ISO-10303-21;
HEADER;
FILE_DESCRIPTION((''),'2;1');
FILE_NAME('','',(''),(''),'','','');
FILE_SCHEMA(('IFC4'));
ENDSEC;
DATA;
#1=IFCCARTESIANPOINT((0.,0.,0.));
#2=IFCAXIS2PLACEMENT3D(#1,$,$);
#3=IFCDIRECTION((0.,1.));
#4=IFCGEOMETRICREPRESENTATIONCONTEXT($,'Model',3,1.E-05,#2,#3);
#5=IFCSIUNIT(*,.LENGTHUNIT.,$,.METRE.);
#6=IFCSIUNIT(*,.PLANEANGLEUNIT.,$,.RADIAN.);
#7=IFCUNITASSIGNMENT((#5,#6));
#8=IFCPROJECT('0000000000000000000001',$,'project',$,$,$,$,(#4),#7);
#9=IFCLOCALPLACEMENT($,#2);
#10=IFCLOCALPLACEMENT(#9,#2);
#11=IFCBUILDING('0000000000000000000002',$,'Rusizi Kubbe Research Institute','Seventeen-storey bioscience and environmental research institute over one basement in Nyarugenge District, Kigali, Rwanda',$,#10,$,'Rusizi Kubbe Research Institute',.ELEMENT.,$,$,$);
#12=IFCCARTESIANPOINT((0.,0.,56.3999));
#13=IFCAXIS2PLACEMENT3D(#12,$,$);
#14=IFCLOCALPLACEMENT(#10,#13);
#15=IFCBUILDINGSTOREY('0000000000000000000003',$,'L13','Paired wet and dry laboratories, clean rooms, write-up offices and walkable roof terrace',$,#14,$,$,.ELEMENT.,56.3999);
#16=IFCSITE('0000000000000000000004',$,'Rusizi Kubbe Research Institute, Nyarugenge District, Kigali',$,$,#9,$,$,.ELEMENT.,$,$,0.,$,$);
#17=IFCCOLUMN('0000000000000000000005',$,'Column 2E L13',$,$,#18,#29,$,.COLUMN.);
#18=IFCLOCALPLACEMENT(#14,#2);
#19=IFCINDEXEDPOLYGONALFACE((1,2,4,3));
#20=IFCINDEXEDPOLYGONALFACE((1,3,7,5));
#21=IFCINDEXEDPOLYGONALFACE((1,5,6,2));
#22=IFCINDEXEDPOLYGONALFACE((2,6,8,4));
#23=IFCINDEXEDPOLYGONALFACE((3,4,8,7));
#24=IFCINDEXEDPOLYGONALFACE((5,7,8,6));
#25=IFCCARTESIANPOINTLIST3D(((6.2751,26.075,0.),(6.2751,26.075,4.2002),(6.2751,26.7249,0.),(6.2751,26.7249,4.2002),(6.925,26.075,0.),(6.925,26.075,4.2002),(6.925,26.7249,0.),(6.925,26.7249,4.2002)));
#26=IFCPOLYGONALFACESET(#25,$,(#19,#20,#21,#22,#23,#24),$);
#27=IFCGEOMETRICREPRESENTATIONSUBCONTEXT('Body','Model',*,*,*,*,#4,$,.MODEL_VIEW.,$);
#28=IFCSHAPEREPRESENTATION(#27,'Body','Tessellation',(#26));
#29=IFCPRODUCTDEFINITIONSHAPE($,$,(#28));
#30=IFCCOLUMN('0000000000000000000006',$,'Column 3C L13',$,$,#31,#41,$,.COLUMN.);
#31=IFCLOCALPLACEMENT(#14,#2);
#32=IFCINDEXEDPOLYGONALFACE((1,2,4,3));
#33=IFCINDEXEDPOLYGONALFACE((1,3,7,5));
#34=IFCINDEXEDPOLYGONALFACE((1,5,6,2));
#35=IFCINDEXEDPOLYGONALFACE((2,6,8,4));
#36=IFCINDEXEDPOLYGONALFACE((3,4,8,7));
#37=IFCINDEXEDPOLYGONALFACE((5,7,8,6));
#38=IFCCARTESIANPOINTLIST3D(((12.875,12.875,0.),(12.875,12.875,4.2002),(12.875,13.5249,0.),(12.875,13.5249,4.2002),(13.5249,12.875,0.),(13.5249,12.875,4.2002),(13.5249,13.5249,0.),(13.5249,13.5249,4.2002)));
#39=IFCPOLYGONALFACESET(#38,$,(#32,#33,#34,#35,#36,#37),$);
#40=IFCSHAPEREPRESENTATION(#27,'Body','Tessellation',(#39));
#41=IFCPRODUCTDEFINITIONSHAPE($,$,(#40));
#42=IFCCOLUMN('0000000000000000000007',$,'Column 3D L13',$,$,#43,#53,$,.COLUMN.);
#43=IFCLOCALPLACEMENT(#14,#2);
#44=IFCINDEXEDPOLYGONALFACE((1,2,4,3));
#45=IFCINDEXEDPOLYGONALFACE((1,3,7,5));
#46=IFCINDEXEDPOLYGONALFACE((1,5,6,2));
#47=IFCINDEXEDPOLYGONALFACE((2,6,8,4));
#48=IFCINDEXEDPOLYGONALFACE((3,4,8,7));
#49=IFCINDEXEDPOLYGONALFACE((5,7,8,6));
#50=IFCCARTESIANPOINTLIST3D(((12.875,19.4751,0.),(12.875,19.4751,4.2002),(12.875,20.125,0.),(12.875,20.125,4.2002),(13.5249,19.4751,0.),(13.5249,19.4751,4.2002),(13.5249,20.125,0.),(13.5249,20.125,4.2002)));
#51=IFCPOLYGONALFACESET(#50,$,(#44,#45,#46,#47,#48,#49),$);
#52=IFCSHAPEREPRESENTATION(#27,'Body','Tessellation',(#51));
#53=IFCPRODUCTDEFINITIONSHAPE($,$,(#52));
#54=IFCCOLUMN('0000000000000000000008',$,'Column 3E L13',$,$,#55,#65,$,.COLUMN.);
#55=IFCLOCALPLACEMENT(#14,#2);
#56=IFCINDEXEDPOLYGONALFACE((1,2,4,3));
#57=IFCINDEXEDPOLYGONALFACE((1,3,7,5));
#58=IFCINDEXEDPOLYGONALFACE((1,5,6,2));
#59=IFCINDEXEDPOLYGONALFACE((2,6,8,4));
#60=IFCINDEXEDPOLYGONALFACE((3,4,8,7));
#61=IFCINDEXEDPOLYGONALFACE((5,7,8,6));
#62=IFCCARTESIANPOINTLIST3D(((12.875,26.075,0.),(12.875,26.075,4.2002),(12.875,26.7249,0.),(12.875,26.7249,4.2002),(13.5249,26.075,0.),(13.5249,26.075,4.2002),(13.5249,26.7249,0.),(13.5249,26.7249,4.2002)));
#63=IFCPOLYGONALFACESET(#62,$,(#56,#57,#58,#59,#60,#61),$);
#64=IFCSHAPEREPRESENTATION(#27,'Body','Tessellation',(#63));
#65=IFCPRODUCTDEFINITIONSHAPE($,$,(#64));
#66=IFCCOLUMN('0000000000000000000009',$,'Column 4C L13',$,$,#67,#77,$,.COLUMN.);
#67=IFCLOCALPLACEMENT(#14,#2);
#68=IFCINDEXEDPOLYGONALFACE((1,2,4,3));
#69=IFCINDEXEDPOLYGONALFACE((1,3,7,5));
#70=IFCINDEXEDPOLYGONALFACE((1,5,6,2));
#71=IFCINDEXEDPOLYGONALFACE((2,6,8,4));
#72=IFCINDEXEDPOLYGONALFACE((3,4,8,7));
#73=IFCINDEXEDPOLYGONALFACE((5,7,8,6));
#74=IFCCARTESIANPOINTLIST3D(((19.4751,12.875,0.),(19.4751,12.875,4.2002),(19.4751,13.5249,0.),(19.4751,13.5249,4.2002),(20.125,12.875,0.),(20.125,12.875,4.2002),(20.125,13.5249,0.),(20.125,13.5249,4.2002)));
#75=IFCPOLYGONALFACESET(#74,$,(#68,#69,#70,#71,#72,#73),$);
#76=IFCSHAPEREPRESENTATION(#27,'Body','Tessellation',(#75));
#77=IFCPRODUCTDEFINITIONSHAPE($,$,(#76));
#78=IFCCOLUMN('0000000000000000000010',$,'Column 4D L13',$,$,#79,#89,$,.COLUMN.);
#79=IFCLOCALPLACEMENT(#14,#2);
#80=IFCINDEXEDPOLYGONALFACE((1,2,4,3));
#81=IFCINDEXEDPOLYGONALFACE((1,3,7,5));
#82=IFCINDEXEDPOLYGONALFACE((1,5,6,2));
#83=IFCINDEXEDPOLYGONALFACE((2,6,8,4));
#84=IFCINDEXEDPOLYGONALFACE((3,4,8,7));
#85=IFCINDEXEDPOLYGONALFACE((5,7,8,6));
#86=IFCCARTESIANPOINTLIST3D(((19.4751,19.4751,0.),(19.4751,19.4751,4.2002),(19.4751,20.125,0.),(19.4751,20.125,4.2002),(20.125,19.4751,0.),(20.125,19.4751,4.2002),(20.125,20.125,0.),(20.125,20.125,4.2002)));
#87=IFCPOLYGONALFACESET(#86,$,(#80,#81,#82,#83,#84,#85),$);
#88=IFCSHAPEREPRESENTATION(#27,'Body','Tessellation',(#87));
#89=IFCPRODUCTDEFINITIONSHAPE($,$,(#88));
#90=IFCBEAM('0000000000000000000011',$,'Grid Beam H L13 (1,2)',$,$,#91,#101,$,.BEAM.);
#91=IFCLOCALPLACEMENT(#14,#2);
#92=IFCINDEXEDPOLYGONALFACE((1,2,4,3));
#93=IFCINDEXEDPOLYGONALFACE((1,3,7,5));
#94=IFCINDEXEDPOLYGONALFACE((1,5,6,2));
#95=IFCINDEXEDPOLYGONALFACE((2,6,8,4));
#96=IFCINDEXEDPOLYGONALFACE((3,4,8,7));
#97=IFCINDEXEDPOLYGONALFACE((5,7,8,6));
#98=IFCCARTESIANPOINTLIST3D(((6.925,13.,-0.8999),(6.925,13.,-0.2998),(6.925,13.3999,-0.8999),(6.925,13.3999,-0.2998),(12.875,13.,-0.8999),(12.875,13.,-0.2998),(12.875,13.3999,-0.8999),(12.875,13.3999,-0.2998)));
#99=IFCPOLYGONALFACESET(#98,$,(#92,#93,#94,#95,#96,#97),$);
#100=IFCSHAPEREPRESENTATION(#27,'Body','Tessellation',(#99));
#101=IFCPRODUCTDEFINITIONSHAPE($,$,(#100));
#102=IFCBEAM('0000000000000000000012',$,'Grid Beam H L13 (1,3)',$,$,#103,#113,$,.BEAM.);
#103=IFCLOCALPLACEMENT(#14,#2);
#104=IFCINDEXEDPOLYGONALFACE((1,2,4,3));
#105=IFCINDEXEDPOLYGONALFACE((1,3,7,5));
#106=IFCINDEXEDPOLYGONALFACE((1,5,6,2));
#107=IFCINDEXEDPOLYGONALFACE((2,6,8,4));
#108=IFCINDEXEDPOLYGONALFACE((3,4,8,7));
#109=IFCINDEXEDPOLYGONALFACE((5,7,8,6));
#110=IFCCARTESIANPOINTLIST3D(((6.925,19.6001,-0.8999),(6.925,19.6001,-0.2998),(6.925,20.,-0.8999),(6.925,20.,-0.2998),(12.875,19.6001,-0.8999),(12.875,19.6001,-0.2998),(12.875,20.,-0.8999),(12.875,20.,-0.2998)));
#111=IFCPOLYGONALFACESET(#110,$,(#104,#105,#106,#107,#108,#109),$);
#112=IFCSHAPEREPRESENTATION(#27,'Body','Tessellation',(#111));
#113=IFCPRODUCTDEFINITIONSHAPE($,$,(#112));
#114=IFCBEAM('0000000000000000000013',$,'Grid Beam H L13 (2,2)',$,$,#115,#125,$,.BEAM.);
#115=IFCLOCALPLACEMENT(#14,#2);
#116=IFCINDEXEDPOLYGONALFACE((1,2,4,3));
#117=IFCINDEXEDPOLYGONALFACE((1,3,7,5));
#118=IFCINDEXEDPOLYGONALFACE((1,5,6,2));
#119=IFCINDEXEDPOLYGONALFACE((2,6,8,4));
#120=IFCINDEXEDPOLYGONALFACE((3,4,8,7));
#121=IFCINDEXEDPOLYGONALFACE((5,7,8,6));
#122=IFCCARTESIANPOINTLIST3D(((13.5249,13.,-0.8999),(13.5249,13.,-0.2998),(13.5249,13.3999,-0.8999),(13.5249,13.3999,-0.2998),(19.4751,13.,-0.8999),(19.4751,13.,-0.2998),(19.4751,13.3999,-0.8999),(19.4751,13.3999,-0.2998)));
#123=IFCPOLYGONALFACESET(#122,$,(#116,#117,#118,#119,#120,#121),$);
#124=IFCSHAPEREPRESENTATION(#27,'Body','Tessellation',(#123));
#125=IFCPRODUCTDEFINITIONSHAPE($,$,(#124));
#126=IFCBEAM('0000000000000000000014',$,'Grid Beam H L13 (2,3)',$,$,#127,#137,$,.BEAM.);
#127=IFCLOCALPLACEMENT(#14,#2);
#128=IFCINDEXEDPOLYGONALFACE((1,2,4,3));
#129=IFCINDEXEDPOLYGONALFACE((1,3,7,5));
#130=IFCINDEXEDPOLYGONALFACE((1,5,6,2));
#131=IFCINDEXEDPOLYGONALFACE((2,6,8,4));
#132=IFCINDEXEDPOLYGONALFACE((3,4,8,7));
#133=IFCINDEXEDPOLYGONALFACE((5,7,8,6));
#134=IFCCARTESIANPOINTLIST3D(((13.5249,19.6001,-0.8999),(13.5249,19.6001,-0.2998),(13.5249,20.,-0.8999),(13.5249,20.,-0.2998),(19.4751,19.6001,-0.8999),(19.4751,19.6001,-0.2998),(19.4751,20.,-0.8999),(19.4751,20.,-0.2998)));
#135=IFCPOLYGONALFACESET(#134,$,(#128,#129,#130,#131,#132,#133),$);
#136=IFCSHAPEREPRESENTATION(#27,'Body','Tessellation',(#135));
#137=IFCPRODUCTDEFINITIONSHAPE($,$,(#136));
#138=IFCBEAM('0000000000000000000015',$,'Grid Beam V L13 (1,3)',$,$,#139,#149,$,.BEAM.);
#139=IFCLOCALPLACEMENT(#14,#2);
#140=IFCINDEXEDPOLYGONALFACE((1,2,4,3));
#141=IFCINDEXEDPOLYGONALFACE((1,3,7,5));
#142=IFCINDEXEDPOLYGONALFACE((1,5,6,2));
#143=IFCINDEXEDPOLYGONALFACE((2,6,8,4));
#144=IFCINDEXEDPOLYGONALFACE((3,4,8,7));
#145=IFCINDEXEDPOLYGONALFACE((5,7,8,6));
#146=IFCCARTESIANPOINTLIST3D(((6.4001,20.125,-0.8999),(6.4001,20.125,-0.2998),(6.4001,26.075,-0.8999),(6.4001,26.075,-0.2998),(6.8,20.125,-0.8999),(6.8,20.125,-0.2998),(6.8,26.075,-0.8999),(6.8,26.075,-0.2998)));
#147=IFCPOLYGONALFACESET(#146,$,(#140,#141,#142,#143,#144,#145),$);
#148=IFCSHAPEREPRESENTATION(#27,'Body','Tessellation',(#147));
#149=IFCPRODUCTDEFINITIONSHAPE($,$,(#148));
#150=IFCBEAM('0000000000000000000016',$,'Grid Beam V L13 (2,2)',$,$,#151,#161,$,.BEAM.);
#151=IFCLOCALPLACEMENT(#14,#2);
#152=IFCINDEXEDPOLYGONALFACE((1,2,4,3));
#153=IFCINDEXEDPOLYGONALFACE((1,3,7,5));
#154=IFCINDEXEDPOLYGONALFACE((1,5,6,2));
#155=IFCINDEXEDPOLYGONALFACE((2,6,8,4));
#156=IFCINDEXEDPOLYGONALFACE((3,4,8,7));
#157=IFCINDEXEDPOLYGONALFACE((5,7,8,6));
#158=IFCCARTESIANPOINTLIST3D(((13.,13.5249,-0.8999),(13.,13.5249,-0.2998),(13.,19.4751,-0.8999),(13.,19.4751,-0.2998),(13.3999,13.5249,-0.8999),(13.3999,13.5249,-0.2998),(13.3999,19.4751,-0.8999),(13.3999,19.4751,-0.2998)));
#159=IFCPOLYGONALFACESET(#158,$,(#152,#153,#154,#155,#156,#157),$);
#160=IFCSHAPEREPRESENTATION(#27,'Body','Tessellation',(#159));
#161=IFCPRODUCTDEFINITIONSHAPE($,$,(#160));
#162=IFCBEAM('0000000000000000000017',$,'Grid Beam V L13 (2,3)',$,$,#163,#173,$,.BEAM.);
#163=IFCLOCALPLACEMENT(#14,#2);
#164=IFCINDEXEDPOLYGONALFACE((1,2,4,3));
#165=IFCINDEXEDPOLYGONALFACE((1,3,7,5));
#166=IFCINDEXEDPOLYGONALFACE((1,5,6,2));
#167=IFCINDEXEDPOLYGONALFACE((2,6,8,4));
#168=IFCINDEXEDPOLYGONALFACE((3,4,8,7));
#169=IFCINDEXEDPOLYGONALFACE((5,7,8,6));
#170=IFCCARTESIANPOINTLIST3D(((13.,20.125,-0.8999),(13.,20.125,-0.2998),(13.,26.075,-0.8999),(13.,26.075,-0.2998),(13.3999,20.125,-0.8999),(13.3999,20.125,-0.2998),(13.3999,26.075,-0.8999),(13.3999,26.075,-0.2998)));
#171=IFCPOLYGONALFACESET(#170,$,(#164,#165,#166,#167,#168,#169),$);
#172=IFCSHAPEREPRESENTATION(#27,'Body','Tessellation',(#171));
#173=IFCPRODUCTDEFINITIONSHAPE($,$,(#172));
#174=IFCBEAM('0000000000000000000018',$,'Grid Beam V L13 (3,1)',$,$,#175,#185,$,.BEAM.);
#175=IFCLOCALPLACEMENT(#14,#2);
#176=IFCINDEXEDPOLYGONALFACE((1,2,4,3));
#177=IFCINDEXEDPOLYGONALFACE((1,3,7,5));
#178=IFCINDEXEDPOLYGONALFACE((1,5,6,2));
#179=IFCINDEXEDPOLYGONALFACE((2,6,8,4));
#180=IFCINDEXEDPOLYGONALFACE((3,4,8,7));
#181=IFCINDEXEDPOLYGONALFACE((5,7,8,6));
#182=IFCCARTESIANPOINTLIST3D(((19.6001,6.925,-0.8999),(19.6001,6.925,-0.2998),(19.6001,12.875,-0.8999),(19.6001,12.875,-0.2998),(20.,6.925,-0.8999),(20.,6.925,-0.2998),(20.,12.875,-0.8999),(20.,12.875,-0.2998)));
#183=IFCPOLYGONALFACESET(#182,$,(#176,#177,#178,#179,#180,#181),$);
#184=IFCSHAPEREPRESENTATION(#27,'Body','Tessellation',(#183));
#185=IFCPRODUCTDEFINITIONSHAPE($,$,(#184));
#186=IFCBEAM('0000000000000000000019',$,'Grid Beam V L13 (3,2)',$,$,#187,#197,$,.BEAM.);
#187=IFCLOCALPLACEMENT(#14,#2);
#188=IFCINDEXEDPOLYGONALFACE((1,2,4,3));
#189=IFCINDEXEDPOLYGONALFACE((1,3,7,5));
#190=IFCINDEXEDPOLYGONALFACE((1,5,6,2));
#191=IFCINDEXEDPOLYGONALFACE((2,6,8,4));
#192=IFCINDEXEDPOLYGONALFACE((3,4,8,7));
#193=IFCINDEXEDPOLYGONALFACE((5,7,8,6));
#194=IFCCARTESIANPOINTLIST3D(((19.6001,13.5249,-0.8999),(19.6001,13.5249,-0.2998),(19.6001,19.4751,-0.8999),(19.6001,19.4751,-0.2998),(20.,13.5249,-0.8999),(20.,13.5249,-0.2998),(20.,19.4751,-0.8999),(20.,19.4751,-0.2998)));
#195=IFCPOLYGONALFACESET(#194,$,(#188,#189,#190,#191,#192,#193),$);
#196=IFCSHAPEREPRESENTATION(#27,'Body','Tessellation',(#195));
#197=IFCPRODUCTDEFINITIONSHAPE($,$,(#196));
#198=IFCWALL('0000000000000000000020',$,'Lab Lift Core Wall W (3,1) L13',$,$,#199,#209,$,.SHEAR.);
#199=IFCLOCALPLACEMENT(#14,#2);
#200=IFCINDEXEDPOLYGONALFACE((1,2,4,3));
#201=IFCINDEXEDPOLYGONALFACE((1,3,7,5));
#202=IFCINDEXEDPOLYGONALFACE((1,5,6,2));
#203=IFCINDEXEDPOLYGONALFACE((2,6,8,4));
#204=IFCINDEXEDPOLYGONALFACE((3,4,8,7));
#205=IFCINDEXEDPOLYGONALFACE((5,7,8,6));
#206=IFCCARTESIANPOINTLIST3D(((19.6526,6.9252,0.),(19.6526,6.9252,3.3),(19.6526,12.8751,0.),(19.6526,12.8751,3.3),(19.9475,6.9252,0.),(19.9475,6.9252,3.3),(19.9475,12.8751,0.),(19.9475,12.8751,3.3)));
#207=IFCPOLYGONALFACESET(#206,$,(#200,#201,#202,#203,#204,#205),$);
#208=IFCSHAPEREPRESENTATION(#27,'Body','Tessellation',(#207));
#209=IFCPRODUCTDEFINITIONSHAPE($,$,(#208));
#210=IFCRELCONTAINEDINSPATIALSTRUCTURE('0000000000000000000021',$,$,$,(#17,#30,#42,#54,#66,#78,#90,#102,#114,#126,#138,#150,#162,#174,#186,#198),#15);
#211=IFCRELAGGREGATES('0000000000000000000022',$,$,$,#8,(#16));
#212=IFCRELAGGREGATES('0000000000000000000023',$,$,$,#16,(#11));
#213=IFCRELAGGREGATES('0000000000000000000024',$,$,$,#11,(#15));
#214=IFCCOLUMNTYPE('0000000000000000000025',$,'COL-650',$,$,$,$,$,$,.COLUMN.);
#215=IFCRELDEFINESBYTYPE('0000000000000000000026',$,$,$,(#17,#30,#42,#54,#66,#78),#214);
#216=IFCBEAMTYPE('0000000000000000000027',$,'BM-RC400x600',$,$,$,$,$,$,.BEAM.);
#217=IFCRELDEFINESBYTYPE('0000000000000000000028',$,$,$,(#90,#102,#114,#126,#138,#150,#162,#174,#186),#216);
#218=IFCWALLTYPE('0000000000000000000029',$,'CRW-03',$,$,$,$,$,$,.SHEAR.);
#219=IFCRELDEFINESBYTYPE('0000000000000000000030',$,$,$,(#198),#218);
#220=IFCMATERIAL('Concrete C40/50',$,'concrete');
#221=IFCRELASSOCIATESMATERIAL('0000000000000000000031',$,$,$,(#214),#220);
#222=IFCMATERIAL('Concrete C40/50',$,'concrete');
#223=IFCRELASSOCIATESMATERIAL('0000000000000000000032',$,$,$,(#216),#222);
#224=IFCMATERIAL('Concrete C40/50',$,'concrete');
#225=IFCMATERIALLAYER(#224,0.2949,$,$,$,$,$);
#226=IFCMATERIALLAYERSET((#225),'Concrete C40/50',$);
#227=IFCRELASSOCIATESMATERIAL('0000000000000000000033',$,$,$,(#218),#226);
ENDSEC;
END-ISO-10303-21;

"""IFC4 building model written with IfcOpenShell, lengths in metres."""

from ifc_helpers import new_model, si_unit, direction, frame, frame_2d, origin, origin_2d, place, context, subcontext, project, spatial, rectangle, extrude, material, layer, layer_set, material_profile, profile_set, type_object, element, save


model = new_model("IFC4")

# Units and contexts
model_context = context("Model", 3, precision=1e-05, world=origin(), true_north=direction((0.0, 1.0)))
body_context = subcontext(model_context, "Body", "Model", "MODEL_VIEW")
ifc_project = project(units=[si_unit("LENGTHUNIT", "METRE"), si_unit("PLANEANGLEUNIT", "RADIAN")], contexts=[model_context])

# Site, building, storey
site_placement = place(None, origin())
site = spatial("IfcSite", under=ifc_project, at=site_placement, Name="Rusizi Kubbe Research Institute, Nyarugenge District, Kigali", CompositionType="ELEMENT", RefElevation=0.0)
building_placement = place(site_placement, origin())
building = spatial("IfcBuilding", under=site, at=building_placement, Name="Rusizi Kubbe Research Institute", Description="Seventeen-storey bioscience and environmental research institute over one basement in Nyarugenge District, Kigali, Rwanda", LongName="Rusizi Kubbe Research Institute", CompositionType="ELEMENT")
storey_placement = place(building_placement, frame((0.0, 0.0, 56.3999)))
storey = spatial("IfcBuildingStorey", under=building, at=storey_placement, Name="L13", Description="Paired wet and dry laboratories, clean rooms, write-up offices and walkable roof terrace", CompositionType="ELEMENT", Elevation=56.3999)

# Columns
ifc_material_1 = material(Name="Concrete C40/50", Category="concrete")
ifc_material_profile_1 = material_profile(ifc_material_1, rectangle(XDim=0.6499, YDim=0.6499, at=origin_2d()), Name="RC650x650")
ifc_profile_set_1 = profile_set([ifc_material_profile_1], Name="Concrete C40/50")
column_type = type_object("IfcColumnType", Name="COL-650", PredefinedType="COLUMN", material=ifc_profile_set_1)
for number, where, z_axis, x_axis, name in (
    (1, (6.6001, 26.3999, 0.0), (0.0, 0.0, 1.0), (1.0, 0.0, 0.0), "Column 2E L13"),
    (2, (13.2, 13.2, 0.0), (0.0, 0.0, 1.0), (1.0, 0.0, 0.0), "Column 3C L13"),
    (3, (13.2, 19.8, 0.0), (0.0, 0.0, 1.0), (1.0, 0.0, 0.0), "Column 3D L13"),
    (4, (13.2, 26.3999, 0.0), (0.0, 0.0, 1.0), (1.0, 0.0, 0.0), "Column 3E L13"),
    (5, (19.8, 13.2, 0.0), (0.0, 0.0, 1.0), (1.0, 0.0, 0.0), "Column 4C L13"),
    (6, (19.8, 19.8, 0.0), (0.0, 0.0, 1.0), (1.0, 0.0, 0.0), "Column 4D L13"),
):
    element("IfcColumn", number, at=place(storey_placement, frame(where, z_axis=z_axis, x_axis=x_axis)), inside=storey, type_object=column_type, Name=name, PredefinedType="COLUMN", context=body_context, shape_type="SweptSolid", body=[
        extrude(rectangle(XDim=0.6499, YDim=0.6499, at=origin_2d()), origin(), (0.0, 0.0, 1.0), 4.2002),
    ])

# Beams
ifc_material_2 = material(Name="Concrete C40/50", Category="concrete")
ifc_material_profile_2 = material_profile(ifc_material_2, rectangle(XDim=0.3999, YDim=0.6001, at=origin_2d()), Name="RC400x600")
ifc_profile_set_2 = profile_set([ifc_material_profile_2], Name="Concrete C40/50")
beam_type = type_object("IfcBeamType", Name="BM-RC400x600", PredefinedType="BEAM", material=ifc_profile_set_2)
for number, where, z_axis, x_axis, name in (
    (7, (6.925, 13.2, -0.5999), (1.0, 0.0, 0.0), (0.0, 1.0, 0.0), "Grid Beam H L13 (1,2)"),
    (8, (6.925, 19.8, -0.5999), (1.0, 0.0, 0.0), (0.0, 1.0, 0.0), "Grid Beam H L13 (1,3)"),
):
    element("IfcBeam", number, at=place(storey_placement, frame(where, z_axis=z_axis, x_axis=x_axis)), inside=storey, type_object=beam_type, Name=name, PredefinedType="BEAM", context=body_context, shape_type="SweptSolid", body=[
        extrude(rectangle(XDim=0.3999, YDim=0.6001, at=origin_2d()), origin(), (0.0, 0.0, 1.0), 5.95),
    ])
for number, where, z_axis, x_axis, name in (
    (9, (13.5249, 13.2, -0.5999), (1.0, 0.0, 0.0), (0.0, 1.0, 0.0), "Grid Beam H L13 (2,2)"),
    (10, (13.5249, 19.8, -0.5999), (1.0, 0.0, 0.0), (0.0, 1.0, 0.0), "Grid Beam H L13 (2,3)"),
):
    element("IfcBeam", number, at=place(storey_placement, frame(where, z_axis=z_axis, x_axis=x_axis)), inside=storey, type_object=beam_type, Name=name, PredefinedType="BEAM", context=body_context, shape_type="SweptSolid", body=[
        extrude(rectangle(XDim=0.3999, YDim=0.6001, at=origin_2d()), origin(), (0.0, 0.0, 1.0), 5.9502),
    ])
beam_1_placement = place(storey_placement, frame((6.6001, 20.125, -0.5999), z_axis=(0.0, 1.0, 0.0), x_axis=(-1.0, 0.0, 0.0)))
element("IfcBeam", 11, at=beam_1_placement, inside=storey, type_object=beam_type, Name="Grid Beam V L13 (1,3)", PredefinedType="BEAM", context=body_context, shape_type="SweptSolid", body=[
    extrude(rectangle(XDim=0.3999, YDim=0.6001, at=origin_2d()), origin(), (0.0, 0.0, 1.0), 5.95),
])
beam_2_placement = place(storey_placement, frame((13.2, 13.5249, -0.5999), z_axis=(0.0, 1.0, 0.0), x_axis=(-1.0, 0.0, 0.0)))
element("IfcBeam", 12, at=beam_2_placement, inside=storey, type_object=beam_type, Name="Grid Beam V L13 (2,2)", PredefinedType="BEAM", context=body_context, shape_type="SweptSolid", body=[
    extrude(rectangle(XDim=0.3999, YDim=0.6001, at=origin_2d()), origin(), (0.0, 0.0, 1.0), 5.9502),
])
for number, where, z_axis, x_axis, name in (
    (13, (13.2, 20.125, -0.5999), (0.0, 1.0, 0.0), (-1.0, 0.0, 0.0), "Grid Beam V L13 (2,3)"),
    (14, (19.8, 6.925, -0.5999), (0.0, 1.0, 0.0), (-1.0, 0.0, 0.0), "Grid Beam V L13 (3,1)"),
):
    element("IfcBeam", number, at=place(storey_placement, frame(where, z_axis=z_axis, x_axis=x_axis)), inside=storey, type_object=beam_type, Name=name, PredefinedType="BEAM", context=body_context, shape_type="SweptSolid", body=[
        extrude(rectangle(XDim=0.3999, YDim=0.6001, at=origin_2d()), origin(), (0.0, 0.0, 1.0), 5.95),
    ])
beam_3_placement = place(storey_placement, frame((19.8, 13.5249, -0.5999), z_axis=(0.0, 1.0, 0.0), x_axis=(-1.0, 0.0, 0.0)))
element("IfcBeam", 15, at=beam_3_placement, inside=storey, type_object=beam_type, Name="Grid Beam V L13 (3,2)", PredefinedType="BEAM", context=body_context, shape_type="SweptSolid", body=[
    extrude(rectangle(XDim=0.3999, YDim=0.6001, at=origin_2d()), origin(), (0.0, 0.0, 1.0), 5.9502),
])

# Wall
ifc_material_3 = material(Name="Concrete C40/50", Category="concrete")
ifc_layer_1 = layer(ifc_material_3, 0.2949)
ifc_layer_set_1 = layer_set([ifc_layer_1], Name="Concrete C40/50")
wall_type_1 = type_object("IfcWallType", Name="CRW-03", PredefinedType="SHEAR", material=ifc_layer_set_1)
wall_1_placement = place(storey_placement, frame((19.8, 6.925, 0.0), z_axis=(0.0, 0.0, 1.0), x_axis=(0.0, 1.0, 0.0)))
element("IfcWall", 16, at=wall_1_placement, inside=storey, type_object=wall_type_1, Name="Lab Lift Core Wall W (3,1) L13", PredefinedType="SHEAR", context=body_context, shape_type="SweptSolid", body=[
    extrude(rectangle(XDim=5.95, YDim=0.2949, at=frame_2d((2.9751, 0.0))), origin(), (0.0, 0.0, 1.0), 3.3),
])

save(model, "model.ifc")
